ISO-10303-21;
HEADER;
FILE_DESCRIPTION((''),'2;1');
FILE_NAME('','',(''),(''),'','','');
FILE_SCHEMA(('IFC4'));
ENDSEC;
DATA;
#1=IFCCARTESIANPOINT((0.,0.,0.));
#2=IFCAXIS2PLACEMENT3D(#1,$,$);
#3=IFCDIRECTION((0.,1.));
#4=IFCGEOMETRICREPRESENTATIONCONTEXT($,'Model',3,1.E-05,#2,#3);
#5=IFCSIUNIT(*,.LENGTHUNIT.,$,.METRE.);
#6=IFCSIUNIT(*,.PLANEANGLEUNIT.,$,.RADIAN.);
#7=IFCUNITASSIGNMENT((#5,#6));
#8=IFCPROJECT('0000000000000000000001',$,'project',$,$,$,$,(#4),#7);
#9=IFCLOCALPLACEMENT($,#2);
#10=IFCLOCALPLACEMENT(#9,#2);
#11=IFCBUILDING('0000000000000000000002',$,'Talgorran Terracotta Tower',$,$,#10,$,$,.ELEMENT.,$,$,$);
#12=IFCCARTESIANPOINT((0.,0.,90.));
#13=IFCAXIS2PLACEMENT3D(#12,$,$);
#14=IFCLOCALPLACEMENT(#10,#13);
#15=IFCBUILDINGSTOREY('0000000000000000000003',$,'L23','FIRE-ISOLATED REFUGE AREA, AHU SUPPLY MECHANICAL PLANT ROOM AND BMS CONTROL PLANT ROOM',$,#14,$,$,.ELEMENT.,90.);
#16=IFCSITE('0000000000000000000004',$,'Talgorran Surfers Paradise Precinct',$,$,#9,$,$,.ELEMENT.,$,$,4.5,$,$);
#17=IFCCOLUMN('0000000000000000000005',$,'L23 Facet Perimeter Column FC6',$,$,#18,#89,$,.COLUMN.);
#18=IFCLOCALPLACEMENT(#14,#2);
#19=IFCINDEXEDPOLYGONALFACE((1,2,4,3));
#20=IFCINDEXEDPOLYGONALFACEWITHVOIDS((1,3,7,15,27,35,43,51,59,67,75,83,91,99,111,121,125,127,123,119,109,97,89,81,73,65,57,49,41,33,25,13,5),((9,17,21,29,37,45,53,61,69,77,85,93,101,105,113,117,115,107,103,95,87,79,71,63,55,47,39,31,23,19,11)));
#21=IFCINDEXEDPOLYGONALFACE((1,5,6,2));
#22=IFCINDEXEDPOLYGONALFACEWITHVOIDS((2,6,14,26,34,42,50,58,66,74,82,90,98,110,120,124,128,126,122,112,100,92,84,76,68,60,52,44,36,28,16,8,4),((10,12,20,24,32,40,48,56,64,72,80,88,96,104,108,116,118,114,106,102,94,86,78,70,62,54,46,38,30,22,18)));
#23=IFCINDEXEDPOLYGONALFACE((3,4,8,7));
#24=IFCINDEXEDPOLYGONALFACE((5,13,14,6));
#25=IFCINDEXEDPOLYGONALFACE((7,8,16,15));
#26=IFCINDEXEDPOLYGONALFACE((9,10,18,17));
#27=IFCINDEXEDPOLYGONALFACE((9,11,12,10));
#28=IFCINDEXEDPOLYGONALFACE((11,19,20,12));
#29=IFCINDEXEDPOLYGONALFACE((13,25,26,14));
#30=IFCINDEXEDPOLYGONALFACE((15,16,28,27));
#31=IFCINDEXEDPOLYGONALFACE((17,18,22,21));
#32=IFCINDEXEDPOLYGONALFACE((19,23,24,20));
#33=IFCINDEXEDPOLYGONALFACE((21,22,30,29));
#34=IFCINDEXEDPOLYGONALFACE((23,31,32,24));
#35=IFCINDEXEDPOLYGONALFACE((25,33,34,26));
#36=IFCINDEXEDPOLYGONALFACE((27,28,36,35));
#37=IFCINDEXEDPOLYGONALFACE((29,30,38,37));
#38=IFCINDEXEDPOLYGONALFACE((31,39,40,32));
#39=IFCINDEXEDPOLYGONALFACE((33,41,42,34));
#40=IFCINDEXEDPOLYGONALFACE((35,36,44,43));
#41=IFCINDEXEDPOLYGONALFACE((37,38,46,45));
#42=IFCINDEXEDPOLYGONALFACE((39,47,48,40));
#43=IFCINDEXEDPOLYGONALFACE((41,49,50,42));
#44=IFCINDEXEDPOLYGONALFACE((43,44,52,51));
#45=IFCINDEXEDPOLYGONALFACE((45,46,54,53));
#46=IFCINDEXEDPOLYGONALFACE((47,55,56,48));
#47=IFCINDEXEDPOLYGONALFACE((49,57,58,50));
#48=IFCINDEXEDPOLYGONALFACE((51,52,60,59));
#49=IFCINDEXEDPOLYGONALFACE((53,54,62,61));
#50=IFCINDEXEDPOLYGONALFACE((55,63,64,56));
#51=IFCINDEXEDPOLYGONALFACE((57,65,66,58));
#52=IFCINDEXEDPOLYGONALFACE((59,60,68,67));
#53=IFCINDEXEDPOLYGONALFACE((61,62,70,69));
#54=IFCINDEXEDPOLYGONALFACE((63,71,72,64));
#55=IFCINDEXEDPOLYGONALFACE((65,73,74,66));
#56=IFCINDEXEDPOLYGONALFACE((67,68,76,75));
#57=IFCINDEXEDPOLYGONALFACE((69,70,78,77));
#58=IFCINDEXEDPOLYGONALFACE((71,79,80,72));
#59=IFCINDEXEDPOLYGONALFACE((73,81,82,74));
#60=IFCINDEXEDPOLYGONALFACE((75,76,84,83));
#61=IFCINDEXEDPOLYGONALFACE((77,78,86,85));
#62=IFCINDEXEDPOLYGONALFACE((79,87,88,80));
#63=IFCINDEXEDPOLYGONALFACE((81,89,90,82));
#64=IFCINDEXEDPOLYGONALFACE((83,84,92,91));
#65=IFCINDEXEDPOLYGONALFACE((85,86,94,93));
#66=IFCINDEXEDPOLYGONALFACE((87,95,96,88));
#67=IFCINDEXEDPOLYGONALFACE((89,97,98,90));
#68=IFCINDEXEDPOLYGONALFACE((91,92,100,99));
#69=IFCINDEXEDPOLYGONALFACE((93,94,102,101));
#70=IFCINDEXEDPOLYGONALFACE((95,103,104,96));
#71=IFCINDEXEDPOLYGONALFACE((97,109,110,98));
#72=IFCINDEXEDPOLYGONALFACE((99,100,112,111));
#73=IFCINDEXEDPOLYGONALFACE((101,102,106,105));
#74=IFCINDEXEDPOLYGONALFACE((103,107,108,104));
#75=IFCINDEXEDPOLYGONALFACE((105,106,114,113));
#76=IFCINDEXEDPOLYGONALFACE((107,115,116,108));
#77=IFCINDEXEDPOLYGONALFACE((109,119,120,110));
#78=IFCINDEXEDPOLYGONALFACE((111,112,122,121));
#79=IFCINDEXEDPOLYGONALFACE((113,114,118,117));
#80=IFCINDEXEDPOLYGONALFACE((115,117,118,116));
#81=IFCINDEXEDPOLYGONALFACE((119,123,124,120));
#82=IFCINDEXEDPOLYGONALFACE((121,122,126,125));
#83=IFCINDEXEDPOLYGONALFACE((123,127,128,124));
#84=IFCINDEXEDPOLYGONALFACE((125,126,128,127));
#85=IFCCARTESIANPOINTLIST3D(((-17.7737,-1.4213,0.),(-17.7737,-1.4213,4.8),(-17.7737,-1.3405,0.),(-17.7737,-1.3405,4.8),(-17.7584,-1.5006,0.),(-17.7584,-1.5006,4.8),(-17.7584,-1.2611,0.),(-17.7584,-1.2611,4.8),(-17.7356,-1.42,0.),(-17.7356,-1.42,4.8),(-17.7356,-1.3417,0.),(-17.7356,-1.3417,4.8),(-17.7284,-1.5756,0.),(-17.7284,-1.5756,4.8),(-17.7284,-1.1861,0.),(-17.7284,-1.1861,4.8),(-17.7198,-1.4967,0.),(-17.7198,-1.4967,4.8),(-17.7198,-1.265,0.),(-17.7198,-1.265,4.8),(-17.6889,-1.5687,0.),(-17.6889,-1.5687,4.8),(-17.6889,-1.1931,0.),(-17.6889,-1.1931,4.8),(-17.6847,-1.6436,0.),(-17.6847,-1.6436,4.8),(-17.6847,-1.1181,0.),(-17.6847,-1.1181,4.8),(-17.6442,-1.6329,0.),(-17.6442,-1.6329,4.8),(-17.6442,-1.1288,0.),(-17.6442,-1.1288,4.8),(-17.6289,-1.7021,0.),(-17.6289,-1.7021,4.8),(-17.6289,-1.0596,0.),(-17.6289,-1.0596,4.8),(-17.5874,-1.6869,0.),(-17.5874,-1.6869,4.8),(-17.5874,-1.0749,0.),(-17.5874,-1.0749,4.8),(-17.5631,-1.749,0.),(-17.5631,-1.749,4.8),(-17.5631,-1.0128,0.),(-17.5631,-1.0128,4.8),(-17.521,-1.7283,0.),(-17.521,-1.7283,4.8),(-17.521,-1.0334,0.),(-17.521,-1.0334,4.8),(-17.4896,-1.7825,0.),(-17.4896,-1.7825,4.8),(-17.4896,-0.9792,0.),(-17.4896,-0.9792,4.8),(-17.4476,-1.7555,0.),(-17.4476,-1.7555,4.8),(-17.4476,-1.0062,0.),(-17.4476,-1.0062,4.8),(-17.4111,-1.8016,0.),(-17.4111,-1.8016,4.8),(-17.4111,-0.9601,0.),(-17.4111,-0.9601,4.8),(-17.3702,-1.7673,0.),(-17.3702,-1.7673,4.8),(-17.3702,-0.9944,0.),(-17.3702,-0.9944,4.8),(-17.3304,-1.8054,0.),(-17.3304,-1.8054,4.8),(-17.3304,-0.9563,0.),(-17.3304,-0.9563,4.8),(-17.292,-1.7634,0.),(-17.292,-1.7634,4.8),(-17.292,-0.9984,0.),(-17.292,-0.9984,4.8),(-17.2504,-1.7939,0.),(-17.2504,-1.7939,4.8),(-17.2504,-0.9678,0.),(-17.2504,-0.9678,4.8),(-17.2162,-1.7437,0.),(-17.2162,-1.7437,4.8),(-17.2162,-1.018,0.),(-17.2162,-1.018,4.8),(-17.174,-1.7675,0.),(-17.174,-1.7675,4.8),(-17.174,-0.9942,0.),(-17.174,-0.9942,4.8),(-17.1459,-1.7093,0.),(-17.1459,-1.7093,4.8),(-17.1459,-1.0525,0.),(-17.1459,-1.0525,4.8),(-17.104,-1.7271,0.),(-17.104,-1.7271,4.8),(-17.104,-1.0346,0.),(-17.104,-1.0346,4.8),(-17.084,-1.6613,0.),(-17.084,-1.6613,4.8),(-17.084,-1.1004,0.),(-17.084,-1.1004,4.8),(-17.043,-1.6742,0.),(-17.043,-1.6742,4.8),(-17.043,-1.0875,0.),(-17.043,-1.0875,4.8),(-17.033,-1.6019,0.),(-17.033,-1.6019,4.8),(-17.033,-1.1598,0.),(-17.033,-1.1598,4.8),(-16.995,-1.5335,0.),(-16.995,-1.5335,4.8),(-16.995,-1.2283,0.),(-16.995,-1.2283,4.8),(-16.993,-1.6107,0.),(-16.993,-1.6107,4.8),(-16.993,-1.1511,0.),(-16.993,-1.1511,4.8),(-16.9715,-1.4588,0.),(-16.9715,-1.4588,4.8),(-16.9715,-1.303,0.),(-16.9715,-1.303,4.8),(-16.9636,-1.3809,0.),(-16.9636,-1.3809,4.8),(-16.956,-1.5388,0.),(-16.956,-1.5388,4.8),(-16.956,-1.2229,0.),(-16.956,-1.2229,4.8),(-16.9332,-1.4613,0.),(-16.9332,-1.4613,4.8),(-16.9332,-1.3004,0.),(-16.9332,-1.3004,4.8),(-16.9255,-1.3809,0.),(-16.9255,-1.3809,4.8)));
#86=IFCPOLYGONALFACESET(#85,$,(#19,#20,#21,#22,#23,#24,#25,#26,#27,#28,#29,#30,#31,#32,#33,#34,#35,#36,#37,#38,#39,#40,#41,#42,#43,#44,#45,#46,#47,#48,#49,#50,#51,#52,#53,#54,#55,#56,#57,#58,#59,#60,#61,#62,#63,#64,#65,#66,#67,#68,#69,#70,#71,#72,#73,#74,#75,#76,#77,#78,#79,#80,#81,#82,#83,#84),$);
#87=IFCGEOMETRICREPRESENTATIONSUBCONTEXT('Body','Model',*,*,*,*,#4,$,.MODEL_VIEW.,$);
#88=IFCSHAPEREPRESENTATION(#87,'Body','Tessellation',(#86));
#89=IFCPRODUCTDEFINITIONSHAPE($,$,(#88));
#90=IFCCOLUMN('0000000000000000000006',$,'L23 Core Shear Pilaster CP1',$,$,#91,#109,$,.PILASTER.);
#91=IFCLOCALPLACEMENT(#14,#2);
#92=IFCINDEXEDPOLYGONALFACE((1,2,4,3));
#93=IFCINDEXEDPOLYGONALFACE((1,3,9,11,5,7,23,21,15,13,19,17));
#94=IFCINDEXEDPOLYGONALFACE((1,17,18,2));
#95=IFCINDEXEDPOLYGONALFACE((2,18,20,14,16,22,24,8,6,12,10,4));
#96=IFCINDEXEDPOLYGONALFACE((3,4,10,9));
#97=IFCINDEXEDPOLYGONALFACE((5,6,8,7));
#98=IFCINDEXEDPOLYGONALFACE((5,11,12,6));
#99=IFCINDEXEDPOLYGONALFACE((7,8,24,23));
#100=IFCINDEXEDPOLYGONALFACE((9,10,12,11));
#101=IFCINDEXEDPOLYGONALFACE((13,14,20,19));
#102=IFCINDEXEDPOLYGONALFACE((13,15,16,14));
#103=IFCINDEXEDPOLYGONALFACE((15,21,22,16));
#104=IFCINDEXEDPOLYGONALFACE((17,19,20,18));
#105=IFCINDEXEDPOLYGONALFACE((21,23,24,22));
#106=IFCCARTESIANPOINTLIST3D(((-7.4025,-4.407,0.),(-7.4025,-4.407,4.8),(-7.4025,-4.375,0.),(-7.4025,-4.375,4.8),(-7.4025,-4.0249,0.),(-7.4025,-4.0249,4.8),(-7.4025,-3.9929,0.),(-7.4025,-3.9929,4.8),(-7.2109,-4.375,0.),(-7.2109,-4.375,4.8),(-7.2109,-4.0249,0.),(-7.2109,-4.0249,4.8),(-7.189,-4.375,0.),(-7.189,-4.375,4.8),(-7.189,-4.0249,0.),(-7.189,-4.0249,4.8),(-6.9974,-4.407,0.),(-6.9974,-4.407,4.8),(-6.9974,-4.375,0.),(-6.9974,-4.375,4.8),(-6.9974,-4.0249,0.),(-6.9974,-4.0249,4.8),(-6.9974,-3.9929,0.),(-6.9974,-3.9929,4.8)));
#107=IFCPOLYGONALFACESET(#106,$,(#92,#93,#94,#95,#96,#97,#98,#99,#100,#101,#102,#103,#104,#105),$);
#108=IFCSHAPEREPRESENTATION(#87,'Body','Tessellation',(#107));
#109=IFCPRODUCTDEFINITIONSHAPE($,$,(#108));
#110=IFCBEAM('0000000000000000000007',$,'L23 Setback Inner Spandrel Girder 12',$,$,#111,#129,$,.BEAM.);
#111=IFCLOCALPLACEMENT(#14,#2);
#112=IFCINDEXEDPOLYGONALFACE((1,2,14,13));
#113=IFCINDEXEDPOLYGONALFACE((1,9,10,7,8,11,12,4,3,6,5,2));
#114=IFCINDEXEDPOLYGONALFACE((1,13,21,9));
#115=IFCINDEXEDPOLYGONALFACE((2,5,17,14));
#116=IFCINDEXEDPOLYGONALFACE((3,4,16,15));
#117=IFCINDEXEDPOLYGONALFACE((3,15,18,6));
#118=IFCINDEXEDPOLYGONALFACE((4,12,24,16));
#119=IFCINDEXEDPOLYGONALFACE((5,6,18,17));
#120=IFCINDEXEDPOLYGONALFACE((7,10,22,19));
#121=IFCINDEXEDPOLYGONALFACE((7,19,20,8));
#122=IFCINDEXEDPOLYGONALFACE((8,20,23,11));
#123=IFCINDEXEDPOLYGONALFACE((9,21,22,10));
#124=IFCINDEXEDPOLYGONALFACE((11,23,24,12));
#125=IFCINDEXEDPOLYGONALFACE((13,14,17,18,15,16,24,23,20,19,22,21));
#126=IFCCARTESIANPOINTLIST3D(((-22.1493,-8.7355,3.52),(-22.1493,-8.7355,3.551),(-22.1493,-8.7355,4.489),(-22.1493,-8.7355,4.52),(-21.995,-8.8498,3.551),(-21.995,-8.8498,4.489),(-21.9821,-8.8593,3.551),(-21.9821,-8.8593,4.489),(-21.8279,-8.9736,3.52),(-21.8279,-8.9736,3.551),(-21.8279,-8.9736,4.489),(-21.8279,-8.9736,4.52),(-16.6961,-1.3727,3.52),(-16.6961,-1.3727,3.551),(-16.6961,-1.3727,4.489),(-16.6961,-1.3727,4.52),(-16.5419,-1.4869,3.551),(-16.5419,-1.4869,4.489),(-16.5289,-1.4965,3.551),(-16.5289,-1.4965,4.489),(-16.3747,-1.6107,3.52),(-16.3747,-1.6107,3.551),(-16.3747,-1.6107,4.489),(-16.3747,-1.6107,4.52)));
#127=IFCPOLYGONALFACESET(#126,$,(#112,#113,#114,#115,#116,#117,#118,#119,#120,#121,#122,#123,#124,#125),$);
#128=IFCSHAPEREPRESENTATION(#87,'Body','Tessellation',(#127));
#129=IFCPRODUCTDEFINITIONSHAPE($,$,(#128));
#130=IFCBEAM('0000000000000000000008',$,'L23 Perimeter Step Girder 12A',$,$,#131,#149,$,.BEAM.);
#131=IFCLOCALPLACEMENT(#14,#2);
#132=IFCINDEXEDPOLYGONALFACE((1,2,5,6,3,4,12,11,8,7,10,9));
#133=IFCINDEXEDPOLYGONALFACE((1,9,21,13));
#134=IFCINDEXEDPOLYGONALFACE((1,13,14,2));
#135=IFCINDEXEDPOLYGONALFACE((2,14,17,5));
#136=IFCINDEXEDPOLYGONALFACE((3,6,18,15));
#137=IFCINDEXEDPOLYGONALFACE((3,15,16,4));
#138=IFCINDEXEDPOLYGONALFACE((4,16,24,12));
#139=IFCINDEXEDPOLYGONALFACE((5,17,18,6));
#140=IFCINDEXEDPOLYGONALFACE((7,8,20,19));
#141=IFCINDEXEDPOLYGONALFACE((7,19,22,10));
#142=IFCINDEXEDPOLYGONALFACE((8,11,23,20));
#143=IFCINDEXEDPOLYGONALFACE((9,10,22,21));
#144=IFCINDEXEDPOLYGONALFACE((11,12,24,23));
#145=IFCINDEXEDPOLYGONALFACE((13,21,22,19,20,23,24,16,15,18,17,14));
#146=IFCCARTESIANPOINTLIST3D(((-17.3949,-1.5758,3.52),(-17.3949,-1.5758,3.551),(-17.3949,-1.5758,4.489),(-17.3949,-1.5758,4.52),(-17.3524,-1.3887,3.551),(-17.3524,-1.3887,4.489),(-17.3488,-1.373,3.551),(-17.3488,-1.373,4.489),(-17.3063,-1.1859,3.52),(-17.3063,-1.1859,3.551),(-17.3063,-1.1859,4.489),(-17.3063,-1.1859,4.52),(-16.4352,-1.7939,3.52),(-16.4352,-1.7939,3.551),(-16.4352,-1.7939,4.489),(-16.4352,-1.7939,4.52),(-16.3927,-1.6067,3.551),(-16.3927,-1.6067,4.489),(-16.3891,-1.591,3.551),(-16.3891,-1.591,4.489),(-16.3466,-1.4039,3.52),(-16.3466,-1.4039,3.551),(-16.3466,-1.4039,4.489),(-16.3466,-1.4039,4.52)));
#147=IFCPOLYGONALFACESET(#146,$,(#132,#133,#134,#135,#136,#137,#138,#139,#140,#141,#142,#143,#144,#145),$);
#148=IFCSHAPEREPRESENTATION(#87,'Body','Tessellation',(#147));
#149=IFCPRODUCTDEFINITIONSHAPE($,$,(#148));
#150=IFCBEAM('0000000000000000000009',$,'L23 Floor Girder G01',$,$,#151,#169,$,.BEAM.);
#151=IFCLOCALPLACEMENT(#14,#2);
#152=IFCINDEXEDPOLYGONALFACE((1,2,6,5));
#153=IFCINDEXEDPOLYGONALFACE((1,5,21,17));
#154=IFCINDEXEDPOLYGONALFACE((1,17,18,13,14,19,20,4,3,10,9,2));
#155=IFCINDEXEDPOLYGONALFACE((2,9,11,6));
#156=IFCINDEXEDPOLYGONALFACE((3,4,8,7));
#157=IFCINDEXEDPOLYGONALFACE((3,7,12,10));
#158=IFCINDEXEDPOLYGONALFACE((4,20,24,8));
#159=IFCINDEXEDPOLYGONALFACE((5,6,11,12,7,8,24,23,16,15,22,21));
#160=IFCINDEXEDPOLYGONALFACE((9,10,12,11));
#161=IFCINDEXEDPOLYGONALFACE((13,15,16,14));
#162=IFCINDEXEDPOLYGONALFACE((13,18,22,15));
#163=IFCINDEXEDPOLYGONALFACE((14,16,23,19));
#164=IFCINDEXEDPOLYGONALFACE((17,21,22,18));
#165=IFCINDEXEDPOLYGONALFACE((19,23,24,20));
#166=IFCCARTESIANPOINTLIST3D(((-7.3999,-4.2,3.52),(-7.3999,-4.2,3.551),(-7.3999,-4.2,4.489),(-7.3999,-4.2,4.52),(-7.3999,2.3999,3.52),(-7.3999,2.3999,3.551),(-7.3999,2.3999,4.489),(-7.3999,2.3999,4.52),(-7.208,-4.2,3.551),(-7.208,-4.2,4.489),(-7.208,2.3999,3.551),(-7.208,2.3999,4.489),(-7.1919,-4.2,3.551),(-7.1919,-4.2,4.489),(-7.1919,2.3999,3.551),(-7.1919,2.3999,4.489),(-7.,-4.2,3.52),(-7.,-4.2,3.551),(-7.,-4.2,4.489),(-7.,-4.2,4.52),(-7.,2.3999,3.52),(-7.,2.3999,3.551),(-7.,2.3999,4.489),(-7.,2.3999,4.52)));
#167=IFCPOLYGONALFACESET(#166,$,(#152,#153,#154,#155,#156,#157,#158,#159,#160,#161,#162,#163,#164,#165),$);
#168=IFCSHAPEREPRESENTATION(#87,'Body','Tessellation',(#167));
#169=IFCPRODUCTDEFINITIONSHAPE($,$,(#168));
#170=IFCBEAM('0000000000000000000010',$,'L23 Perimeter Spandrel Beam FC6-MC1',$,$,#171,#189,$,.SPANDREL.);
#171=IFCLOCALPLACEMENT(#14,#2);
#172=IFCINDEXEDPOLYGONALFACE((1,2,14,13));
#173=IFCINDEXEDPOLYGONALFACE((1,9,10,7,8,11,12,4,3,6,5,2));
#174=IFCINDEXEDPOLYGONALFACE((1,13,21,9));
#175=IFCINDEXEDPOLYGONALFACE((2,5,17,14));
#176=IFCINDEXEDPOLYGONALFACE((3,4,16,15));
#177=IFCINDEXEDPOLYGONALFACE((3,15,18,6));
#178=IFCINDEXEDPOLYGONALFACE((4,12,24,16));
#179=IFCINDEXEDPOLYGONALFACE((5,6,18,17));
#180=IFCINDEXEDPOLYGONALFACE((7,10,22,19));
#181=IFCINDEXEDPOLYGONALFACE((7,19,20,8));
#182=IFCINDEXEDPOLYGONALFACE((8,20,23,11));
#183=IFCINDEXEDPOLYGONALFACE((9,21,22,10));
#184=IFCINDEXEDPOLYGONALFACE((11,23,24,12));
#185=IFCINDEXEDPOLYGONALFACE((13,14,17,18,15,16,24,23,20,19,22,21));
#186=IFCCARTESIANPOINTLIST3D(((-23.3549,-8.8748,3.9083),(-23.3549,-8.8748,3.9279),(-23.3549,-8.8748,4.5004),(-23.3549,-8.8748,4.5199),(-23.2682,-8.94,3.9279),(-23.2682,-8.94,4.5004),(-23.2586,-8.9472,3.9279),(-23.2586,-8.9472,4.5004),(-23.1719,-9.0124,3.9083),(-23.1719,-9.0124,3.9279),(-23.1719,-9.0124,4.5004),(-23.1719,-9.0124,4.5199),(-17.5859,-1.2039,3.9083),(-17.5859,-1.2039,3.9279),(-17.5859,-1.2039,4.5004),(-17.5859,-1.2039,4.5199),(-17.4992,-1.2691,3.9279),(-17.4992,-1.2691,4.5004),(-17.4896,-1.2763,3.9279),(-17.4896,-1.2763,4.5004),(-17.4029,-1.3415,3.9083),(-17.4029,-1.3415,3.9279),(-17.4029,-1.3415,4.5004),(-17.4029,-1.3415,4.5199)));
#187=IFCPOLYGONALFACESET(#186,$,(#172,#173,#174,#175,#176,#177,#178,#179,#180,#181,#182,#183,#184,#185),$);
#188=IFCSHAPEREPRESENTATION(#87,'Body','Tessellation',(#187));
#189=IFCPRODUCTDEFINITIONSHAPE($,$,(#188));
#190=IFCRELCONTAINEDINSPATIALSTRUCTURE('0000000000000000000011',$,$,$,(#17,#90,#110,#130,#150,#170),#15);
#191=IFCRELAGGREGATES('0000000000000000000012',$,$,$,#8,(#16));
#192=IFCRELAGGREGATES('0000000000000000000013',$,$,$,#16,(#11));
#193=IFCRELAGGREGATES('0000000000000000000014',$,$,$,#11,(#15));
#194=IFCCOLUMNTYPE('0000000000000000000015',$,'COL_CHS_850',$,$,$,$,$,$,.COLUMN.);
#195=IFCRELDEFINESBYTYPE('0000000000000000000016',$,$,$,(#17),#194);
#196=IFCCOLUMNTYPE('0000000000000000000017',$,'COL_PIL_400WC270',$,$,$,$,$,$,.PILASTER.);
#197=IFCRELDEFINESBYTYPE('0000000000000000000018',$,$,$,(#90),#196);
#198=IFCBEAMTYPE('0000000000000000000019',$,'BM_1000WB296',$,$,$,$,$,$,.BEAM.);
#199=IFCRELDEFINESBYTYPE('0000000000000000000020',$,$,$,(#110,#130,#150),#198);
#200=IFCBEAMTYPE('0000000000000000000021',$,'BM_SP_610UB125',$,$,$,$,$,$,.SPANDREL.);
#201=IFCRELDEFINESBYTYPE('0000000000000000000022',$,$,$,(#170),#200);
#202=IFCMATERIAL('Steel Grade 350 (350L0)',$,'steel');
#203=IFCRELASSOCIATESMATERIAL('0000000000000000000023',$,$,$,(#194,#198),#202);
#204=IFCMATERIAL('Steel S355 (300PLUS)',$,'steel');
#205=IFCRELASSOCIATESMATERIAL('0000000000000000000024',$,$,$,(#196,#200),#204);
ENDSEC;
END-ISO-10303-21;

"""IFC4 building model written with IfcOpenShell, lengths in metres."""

from ifc_helpers import new_model, si_unit, direction, frame, origin, origin_2d, place, context, subcontext, project, spatial, hollow_circle, i_section, extrude, material, material_profile, profile_set, type_object, element, save


model = new_model("IFC4")

# Units and contexts
model_context = context("Model", 3, precision=1e-05, world=origin(), true_north=direction((0.0, 1.0)))
body_context = subcontext(model_context, "Body", "Model", "MODEL_VIEW")
ifc_project = project(units=[si_unit("LENGTHUNIT", "METRE"), si_unit("PLANEANGLEUNIT", "RADIAN")], contexts=[model_context])

# Site, building, storey
site_placement = place(None, origin())
site = spatial("IfcSite", under=ifc_project, at=site_placement, Name="Talgorran Surfers Paradise Precinct", CompositionType="ELEMENT", RefElevation=4.5)
building_placement = place(site_placement, origin())
building = spatial("IfcBuilding", under=site, at=building_placement, Name="Talgorran Terracotta Tower", CompositionType="ELEMENT")
storey_placement = place(building_placement, frame((0.0, 0.0, 90.0)))
storey = spatial("IfcBuildingStorey", under=building, at=storey_placement, Name="L23", Description="FIRE-ISOLATED REFUGE AREA, AHU SUPPLY MECHANICAL PLANT ROOM AND BMS CONTROL PLANT ROOM", CompositionType="ELEMENT", Elevation=90.0)

# Columns
ifc_material_1 = material(Name="Steel Grade 350 (350L0)", Category="steel")
ifc_material_profile_1 = material_profile(ifc_material_1, hollow_circle(Radius=0.425, WallThickness=0.0381, at=origin_2d()), Name="CHS850X38")
ifc_profile_set_1 = profile_set([ifc_material_profile_1], Name="Steel Grade 350 (350L0)")
column_type_1 = type_object("IfcColumnType", Name="COL_CHS_850", PredefinedType="COLUMN", material=ifc_profile_set_1)
column_1_placement = place(storey_placement, frame((-17.3506, -1.3809, 0.0), z_axis=(0.0, 0.0, 1.0), x_axis=(1.0, 0.0, 0.0)))
element("IfcColumn", 1, at=column_1_placement, inside=storey, type_object=column_type_1, Name="L23 Facet Perimeter Column FC6", PredefinedType="COLUMN", context=body_context, shape_type="SweptSolid", body=[
    extrude(hollow_circle(Radius=0.425, WallThickness=0.0381, at=origin_2d()), origin(), (0.0, 0.0, 1.0), 4.8),
])
ifc_material_2 = material(Name="Steel S355 (300PLUS)", Category="steel")
ifc_material_profile_2 = material_profile(ifc_material_2, i_section(OverallWidth=0.405, OverallDepth=0.4141, WebThickness=0.022, FlangeThickness=0.032, at=origin_2d()), Name="400WC270")
ifc_profile_set_2 = profile_set([ifc_material_profile_2], Name="Steel S355 (300PLUS)")
column_type_2 = type_object("IfcColumnType", Name="COL_PIL_400WC270", PredefinedType="PILASTER", material=ifc_profile_set_2)
column_2_placement = place(storey_placement, frame((-7.2, -4.2, 0.0), z_axis=(0.0, 0.0, 1.0), x_axis=(1.0, 0.0, 0.0)))
element("IfcColumn", 2, at=column_2_placement, inside=storey, type_object=column_type_2, Name="L23 Core Shear Pilaster CP1", PredefinedType="PILASTER", context=body_context, shape_type="SweptSolid", body=[
    extrude(i_section(OverallWidth=0.405, OverallDepth=0.4141, WebThickness=0.022, FlangeThickness=0.032, at=origin_2d()), origin(), (0.0, 0.0, 1.0), 4.8),
])

# Beams
ifc_material_profile_3 = material_profile(ifc_material_1, i_section(OverallWidth=0.3999, OverallDepth=1.0, WebThickness=0.0161, FlangeThickness=0.031, at=origin_2d()), Name="1000WB296")
ifc_profile_set_3 = profile_set([ifc_material_profile_3], Name="Steel Grade 350 (350L0)")
beam_type_1 = type_object("IfcBeamType", Name="BM_1000WB296", PredefinedType="BEAM", material=ifc_profile_set_3)
beam_1_placement = place(storey_placement, frame((-16.5354, -1.4917, 4.02), z_axis=(-0.595171, -0.803599, 0.0), x_axis=(0.803599, -0.595171, 0.0)))
element("IfcBeam", 3, at=beam_1_placement, inside=storey, type_object=beam_type_1, Name="L23 Setback Inner Spandrel Girder 12", PredefinedType="BEAM", context=body_context, shape_type="SweptSolid", body=[
    extrude(i_section(OverallWidth=0.3999, OverallDepth=1.0, WebThickness=0.0161, FlangeThickness=0.031, at=origin_2d()), origin(), (0.0, 0.0, 1.0), 9.1624),
])
beam_2_placement = place(storey_placement, frame((-17.3506, -1.3809, 4.02), z_axis=(0.975155, -0.221525, 0.0), x_axis=(0.221525, 0.975155, 0.0)))
element("IfcBeam", 4, at=beam_2_placement, inside=storey, type_object=beam_type_1, Name="L23 Perimeter Step Girder 12A", PredefinedType="BEAM", context=body_context, shape_type="SweptSolid", body=[
    extrude(i_section(OverallWidth=0.3999, OverallDepth=1.0, WebThickness=0.0161, FlangeThickness=0.031, at=origin_2d()), origin(), (0.0, 0.0, 1.0), 0.9841),
])
beam_3_placement = place(storey_placement, frame((-7.2, -4.2, 4.02), z_axis=(0.0, 1.0, 0.0), x_axis=(-1.0, 0.0, 0.0)))
element("IfcBeam", 5, at=beam_3_placement, inside=storey, type_object=beam_type_1, Name="L23 Floor Girder G01", PredefinedType="BEAM", context=body_context, shape_type="SweptSolid", body=[
    extrude(i_section(OverallWidth=0.3999, OverallDepth=1.0, WebThickness=0.0161, FlangeThickness=0.031, at=origin_2d()), origin(), (0.0, 0.0, 1.0), 6.5999),
])
ifc_material_profile_4 = material_profile(ifc_material_2, i_section(OverallWidth=0.229, OverallDepth=0.6116, WebThickness=0.012, FlangeThickness=0.0195, at=origin_2d()), Name="610UB125")
ifc_profile_set_4 = profile_set([ifc_material_profile_4], Name="Steel S355 (300PLUS)")
beam_type_2 = type_object("IfcBeamType", Name="BM_SP_610UB125", PredefinedType="SPANDREL", material=ifc_profile_set_4)
beam_4_placement = place(storey_placement, frame((-17.4944, -1.2727, 4.2141), z_axis=(-0.601058, -0.799206, 0.0), x_axis=(0.799206, -0.601058, 0.0)))
element("IfcBeam", 6, at=beam_4_placement, inside=storey, type_object=beam_type_2, Name="L23 Perimeter Spandrel Beam FC6-MC1", PredefinedType="SPANDREL", context=body_context, shape_type="SweptSolid", body=[
    extrude(i_section(OverallWidth=0.229, OverallDepth=0.6116, WebThickness=0.012, FlangeThickness=0.0195, at=origin_2d()), origin(), (0.0, 0.0, 1.0), 9.5981),
])

save(model, "model.ifc")
